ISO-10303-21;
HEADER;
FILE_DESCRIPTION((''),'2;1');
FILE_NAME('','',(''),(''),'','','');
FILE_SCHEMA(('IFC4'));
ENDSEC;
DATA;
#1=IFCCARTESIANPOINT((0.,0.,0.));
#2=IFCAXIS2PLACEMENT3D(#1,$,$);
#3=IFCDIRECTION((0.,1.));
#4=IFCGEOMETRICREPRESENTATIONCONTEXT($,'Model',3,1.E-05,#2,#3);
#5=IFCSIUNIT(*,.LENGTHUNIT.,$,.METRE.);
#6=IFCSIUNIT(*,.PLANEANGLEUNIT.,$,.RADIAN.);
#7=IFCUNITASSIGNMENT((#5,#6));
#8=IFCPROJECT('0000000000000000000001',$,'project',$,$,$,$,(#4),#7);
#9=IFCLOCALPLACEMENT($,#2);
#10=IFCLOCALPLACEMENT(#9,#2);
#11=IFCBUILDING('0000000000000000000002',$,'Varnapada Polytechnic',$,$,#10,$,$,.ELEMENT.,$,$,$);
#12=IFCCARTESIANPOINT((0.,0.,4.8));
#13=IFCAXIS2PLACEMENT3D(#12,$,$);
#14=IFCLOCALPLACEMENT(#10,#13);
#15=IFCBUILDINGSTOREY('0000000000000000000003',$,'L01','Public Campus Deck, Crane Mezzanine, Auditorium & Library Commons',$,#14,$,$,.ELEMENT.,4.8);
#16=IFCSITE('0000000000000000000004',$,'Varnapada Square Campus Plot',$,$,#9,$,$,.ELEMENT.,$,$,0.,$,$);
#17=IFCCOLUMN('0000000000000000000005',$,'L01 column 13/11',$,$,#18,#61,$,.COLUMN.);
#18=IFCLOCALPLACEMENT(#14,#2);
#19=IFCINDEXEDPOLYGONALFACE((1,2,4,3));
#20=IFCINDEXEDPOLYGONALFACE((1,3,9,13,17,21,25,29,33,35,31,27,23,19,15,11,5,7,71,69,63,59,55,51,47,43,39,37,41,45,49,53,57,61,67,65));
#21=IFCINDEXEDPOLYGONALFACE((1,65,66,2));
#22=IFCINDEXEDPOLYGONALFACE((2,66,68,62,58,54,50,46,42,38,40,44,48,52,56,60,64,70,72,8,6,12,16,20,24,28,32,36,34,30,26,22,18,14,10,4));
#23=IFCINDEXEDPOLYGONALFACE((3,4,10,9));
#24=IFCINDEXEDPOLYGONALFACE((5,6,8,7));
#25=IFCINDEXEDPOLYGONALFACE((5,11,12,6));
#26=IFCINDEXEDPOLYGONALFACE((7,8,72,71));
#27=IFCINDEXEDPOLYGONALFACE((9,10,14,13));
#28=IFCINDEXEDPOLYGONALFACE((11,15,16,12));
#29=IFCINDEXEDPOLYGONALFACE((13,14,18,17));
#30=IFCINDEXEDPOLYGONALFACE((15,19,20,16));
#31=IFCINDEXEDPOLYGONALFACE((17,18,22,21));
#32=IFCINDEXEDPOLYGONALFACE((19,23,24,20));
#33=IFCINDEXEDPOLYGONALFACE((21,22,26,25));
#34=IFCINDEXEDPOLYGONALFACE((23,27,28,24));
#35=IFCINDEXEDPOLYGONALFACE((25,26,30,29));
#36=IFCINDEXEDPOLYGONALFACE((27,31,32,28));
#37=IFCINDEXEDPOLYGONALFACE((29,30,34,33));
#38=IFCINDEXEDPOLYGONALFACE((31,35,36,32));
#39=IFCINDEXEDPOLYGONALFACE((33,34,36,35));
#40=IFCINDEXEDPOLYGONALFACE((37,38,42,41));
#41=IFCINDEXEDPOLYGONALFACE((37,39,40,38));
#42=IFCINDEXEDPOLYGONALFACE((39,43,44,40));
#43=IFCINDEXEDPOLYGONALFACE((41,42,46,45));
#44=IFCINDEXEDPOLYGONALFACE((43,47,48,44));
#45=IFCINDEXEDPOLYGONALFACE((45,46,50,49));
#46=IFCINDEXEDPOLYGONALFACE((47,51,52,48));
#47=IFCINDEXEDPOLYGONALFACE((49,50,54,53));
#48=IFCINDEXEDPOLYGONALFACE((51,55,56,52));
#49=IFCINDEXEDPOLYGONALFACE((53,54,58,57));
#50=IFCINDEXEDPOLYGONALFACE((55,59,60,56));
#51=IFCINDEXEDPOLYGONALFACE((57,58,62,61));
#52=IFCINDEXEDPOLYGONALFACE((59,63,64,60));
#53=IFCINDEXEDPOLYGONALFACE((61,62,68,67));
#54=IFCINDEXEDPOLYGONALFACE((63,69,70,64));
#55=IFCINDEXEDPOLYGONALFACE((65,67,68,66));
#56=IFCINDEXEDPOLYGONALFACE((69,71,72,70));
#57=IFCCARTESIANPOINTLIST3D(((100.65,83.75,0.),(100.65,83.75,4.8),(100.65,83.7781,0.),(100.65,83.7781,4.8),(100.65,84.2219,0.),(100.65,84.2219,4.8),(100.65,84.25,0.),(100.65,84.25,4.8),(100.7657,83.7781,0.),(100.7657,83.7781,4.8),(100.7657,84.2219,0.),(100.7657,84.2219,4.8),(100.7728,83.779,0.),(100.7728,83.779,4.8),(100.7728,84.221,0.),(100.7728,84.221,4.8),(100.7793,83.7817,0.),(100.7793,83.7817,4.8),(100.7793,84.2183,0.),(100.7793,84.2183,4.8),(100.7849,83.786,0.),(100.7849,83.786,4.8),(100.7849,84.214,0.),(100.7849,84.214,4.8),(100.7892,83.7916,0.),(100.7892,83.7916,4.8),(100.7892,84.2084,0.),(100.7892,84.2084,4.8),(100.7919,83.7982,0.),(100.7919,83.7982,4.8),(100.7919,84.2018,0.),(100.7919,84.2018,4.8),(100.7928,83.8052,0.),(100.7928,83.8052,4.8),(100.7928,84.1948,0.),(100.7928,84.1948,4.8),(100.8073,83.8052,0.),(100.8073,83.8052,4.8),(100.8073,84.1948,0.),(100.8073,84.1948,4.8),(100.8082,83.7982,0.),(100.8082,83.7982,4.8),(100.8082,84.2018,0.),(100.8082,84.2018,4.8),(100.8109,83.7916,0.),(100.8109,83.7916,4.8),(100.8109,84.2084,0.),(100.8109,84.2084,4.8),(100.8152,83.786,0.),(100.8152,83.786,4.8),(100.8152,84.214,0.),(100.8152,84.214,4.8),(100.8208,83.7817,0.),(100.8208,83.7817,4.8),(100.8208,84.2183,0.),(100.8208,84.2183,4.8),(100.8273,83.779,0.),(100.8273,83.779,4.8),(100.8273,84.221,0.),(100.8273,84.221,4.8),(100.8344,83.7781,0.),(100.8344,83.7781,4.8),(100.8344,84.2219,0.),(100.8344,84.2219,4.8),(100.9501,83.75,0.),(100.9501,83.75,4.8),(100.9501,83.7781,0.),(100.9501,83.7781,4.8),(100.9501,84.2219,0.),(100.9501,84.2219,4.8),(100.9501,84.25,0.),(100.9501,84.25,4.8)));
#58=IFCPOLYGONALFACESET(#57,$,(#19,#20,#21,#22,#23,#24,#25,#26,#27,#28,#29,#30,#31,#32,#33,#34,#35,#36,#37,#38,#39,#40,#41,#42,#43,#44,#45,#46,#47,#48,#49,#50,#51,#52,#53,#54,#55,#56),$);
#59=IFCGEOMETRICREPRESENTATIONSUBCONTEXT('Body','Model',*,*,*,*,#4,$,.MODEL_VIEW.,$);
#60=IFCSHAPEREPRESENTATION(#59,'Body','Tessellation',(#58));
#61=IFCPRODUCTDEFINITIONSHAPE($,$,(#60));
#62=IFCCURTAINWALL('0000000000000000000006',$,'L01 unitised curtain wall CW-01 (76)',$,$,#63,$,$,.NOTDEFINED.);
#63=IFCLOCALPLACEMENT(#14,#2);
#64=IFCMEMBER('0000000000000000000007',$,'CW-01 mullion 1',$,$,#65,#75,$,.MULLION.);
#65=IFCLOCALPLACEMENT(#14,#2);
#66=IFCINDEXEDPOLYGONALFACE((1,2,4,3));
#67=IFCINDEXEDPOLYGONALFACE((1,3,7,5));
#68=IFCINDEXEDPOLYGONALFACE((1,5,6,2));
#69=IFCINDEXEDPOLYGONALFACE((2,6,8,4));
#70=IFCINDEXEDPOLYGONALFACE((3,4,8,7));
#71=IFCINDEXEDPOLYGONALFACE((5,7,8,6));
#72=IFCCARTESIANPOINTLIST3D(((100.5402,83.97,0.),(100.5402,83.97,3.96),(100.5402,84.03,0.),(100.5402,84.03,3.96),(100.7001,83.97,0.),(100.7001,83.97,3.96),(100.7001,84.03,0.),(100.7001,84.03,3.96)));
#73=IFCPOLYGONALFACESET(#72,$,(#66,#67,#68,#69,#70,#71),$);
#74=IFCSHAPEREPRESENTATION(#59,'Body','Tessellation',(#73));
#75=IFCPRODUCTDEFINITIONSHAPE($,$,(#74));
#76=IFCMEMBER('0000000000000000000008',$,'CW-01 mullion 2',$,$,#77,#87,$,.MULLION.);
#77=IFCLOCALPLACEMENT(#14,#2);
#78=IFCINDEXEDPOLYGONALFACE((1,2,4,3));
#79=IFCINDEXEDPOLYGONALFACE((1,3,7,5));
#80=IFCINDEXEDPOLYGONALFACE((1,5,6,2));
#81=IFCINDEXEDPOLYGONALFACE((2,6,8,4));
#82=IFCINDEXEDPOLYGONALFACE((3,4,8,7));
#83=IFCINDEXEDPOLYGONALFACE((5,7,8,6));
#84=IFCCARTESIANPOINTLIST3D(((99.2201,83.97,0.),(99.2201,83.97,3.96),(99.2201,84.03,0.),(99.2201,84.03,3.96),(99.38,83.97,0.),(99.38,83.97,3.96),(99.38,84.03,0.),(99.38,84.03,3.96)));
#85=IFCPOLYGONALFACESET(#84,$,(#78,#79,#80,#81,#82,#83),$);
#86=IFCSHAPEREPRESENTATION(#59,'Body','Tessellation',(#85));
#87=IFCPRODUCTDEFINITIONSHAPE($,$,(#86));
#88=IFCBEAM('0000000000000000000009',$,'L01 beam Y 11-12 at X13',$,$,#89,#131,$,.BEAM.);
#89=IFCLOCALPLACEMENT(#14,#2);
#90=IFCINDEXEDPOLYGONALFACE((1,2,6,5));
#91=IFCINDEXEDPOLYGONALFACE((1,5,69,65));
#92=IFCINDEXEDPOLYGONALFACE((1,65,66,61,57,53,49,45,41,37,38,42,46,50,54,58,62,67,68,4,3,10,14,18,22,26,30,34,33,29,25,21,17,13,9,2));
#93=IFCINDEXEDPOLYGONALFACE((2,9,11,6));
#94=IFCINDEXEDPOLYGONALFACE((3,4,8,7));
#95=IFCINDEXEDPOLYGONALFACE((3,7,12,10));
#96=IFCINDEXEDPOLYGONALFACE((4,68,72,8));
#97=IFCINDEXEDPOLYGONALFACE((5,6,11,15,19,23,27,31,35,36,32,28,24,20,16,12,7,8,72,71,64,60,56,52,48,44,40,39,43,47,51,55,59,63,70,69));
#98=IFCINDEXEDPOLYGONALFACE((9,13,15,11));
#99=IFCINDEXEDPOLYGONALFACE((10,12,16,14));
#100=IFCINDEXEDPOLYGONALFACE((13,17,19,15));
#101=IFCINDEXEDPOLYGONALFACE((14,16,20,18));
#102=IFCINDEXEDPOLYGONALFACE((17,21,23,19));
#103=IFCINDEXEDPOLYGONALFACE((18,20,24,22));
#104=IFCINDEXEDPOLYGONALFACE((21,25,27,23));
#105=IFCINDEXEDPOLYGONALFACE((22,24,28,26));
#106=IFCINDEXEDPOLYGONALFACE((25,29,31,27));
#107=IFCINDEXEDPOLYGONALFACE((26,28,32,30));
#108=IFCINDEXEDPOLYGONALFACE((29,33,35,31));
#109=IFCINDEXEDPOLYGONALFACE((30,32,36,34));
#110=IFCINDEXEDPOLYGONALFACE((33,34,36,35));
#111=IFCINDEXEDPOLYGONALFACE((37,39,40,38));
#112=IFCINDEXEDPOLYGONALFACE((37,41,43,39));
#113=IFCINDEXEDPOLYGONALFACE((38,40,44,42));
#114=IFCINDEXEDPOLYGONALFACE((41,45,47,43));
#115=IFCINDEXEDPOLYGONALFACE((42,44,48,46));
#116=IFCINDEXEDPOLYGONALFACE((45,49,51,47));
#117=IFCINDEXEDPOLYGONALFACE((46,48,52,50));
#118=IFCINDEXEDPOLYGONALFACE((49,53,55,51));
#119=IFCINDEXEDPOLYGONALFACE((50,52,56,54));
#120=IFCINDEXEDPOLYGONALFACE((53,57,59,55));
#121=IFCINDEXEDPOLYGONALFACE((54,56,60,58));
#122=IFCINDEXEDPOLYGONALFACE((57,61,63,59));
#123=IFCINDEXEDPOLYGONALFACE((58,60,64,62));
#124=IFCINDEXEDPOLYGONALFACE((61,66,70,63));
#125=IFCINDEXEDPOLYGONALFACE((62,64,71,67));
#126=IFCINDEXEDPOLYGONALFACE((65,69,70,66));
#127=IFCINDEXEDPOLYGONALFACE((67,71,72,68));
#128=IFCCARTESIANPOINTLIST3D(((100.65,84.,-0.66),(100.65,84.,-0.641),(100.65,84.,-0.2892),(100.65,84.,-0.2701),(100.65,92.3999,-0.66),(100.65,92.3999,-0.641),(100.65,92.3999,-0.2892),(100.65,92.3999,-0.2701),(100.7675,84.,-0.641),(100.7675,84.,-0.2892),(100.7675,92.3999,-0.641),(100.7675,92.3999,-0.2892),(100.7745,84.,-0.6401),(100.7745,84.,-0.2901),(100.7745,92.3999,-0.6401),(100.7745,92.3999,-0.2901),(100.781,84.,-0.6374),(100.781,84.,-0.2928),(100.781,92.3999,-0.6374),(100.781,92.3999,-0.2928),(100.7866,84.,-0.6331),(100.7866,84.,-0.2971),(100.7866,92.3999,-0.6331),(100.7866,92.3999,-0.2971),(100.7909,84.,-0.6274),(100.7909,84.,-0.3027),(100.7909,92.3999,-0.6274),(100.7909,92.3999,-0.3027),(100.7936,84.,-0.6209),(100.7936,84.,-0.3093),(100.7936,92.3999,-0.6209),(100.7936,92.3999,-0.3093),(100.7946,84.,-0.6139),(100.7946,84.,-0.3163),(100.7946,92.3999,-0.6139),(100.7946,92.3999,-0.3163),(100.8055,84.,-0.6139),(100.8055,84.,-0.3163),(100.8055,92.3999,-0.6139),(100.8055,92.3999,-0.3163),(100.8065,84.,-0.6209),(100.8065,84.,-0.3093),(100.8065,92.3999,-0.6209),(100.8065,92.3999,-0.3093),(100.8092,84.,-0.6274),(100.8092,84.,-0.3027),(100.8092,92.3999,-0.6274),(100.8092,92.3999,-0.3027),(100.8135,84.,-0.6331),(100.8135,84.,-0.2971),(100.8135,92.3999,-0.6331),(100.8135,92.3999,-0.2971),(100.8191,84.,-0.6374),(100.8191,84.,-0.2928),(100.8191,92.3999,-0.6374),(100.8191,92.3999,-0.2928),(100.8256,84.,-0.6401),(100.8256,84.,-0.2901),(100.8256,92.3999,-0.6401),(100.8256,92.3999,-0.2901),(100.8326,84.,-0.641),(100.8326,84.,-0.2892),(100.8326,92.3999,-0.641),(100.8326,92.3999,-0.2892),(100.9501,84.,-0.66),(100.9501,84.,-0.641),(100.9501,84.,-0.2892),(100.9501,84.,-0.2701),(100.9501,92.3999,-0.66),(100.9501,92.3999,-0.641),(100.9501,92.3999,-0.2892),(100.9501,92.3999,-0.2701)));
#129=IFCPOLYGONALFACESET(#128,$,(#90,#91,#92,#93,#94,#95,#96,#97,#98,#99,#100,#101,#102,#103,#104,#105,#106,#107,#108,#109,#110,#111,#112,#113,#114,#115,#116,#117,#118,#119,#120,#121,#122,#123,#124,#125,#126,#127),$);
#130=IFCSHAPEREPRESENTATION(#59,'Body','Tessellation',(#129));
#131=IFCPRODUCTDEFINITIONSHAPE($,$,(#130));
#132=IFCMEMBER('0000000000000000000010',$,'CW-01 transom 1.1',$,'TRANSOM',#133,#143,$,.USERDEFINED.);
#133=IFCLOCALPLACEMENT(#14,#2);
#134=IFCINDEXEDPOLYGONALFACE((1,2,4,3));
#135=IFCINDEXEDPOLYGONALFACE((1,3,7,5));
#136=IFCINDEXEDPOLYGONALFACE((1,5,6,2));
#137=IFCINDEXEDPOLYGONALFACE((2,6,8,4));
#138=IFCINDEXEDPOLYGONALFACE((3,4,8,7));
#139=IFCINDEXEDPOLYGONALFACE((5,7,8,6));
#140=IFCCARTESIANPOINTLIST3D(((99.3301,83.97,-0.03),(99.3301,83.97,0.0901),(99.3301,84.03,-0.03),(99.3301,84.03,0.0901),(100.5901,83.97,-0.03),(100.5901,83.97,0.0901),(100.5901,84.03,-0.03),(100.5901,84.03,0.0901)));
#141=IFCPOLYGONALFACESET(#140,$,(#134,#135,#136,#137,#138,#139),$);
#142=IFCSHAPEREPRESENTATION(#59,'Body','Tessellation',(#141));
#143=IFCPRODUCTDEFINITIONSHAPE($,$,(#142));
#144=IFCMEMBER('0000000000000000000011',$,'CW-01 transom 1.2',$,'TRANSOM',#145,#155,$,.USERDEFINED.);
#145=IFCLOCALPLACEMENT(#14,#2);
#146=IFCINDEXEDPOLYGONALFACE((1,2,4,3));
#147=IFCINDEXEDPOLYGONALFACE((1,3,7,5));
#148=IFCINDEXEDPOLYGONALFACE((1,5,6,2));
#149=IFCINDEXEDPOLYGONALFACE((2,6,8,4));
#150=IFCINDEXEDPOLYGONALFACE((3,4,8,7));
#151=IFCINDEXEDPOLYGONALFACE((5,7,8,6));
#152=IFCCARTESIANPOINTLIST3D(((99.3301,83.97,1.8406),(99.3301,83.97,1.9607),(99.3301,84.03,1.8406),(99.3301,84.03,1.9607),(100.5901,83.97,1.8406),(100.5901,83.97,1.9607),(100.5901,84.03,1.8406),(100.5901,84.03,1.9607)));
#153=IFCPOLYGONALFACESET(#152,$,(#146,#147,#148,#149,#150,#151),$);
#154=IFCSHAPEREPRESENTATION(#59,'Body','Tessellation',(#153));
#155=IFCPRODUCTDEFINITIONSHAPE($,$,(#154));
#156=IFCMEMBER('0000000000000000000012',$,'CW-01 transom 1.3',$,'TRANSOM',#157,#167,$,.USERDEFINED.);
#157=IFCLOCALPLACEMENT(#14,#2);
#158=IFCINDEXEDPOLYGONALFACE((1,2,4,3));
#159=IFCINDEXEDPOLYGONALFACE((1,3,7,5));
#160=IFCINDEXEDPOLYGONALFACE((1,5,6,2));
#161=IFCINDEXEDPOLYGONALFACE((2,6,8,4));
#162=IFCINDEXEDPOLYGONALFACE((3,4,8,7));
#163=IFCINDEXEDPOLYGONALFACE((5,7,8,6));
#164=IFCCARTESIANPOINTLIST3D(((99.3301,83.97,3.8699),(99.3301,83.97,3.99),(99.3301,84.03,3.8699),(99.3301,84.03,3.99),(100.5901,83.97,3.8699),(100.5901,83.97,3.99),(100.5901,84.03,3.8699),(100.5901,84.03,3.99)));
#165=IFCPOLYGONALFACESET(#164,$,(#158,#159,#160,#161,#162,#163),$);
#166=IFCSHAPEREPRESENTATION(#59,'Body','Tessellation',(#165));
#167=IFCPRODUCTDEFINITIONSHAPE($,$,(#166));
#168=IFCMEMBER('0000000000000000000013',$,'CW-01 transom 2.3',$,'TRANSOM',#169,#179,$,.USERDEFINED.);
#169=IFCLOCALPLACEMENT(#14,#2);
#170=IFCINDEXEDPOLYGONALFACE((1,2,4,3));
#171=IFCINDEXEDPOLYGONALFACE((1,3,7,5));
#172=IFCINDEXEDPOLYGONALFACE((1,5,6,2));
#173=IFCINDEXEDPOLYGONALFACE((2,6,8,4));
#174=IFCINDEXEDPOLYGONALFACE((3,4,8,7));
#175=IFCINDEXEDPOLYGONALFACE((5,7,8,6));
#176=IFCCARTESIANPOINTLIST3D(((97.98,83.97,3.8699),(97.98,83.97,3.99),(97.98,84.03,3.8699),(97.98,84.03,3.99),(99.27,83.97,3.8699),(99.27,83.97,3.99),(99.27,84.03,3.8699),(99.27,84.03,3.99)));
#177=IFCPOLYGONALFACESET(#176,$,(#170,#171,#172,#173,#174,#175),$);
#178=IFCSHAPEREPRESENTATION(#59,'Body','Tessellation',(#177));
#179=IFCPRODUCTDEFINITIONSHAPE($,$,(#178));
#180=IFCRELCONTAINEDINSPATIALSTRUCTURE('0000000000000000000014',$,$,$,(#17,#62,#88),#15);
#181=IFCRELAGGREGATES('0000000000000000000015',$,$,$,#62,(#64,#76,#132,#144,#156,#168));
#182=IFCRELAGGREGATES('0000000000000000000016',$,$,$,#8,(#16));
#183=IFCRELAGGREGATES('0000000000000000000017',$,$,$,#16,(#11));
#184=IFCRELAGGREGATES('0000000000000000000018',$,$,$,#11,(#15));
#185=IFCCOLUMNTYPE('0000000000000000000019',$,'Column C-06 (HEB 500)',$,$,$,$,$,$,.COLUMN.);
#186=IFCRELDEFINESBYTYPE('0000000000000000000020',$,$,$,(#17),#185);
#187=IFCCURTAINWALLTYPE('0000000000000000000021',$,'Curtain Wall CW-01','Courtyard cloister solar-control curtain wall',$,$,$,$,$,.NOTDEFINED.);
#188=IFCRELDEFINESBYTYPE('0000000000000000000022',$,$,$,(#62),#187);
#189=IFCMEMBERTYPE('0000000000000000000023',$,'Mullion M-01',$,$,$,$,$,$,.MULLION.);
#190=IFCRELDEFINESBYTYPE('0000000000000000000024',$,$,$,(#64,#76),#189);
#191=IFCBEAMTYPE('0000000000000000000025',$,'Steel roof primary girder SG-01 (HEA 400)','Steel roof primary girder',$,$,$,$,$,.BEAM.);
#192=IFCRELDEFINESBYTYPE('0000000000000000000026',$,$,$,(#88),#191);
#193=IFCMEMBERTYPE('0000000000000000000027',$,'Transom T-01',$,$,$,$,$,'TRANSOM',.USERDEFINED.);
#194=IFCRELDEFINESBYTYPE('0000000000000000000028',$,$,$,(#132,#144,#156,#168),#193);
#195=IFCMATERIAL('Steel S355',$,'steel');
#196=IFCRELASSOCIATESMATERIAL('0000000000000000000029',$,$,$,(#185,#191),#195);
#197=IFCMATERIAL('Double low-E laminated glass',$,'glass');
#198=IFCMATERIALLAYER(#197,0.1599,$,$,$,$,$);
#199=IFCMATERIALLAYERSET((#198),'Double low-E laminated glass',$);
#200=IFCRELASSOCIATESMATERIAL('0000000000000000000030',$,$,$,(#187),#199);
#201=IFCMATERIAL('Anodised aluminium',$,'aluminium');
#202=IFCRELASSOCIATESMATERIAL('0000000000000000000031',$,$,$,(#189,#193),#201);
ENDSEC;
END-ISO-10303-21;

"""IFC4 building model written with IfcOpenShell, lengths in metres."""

from ifc_helpers import new_model, si_unit, direction, frame, origin, origin_2d, place, context, subcontext, project, spatial, rectangle, i_section, extrude, material, layer, layer_set, material_profile, profile_set, type_object, element, aggregate, save


model = new_model("IFC4")

# Units and contexts
model_context = context("Model", 3, precision=1e-05, world=origin(), true_north=direction((0.0, 1.0)))
body_context = subcontext(model_context, "Body", "Model", "MODEL_VIEW")
ifc_project = project(units=[si_unit("LENGTHUNIT", "METRE"), si_unit("PLANEANGLEUNIT", "RADIAN")], contexts=[model_context])

# Site, building, storey
site_placement = place(None, origin())
site = spatial("IfcSite", under=ifc_project, at=site_placement, Name="Varnapada Square Campus Plot", CompositionType="ELEMENT", RefElevation=0.0)
building_placement = place(site_placement, origin())
building = spatial("IfcBuilding", under=site, at=building_placement, Name="Varnapada Polytechnic", CompositionType="ELEMENT")
storey_placement = place(building_placement, frame((0.0, 0.0, 4.8)))
storey = spatial("IfcBuildingStorey", under=building, at=storey_placement, Name="L01", Description="Public Campus Deck, Crane Mezzanine, Auditorium & Library Commons", CompositionType="ELEMENT", Elevation=4.8)

# Column
ifc_material_1 = material(Name="Steel S355", Category="steel")
ifc_material_profile_1 = material_profile(ifc_material_1, i_section(OverallWidth=0.3, OverallDepth=0.5, WebThickness=0.0144, FlangeThickness=0.0281, FilletRadius=0.0271, at=origin_2d()), Name="HEB 500")
ifc_profile_set_1 = profile_set([ifc_material_profile_1], Name="Steel S355")
column_type = type_object("IfcColumnType", Name="Column C-06 (HEB 500)", PredefinedType="COLUMN", material=ifc_profile_set_1)
column_placement = place(storey_placement, frame((100.8, 84.0, 0.0), z_axis=(0.0, 0.0, 1.0), x_axis=(1.0, 0.0, 0.0)))
element("IfcColumn", 1, at=column_placement, inside=storey, type_object=column_type, Name="L01 column 13/11", PredefinedType="COLUMN", context=body_context, shape_type="SweptSolid", body=[
    extrude(i_section(OverallWidth=0.3, OverallDepth=0.5, WebThickness=0.0144, FlangeThickness=0.0281, FilletRadius=0.0271, at=origin_2d()), origin(), (0.0, 0.0, 1.0), 4.8),
])

# Curtain wall, members
ifc_material_2 = material(Name="Double low-E laminated glass", Category="glass")
ifc_layer_1 = layer(ifc_material_2, 0.1599)
ifc_layer_set_1 = layer_set([ifc_layer_1], Name="Double low-E laminated glass")
curtain_wall_type = type_object("IfcCurtainWallType", Name="Curtain Wall CW-01", Description="Courtyard cloister solar-control curtain wall", PredefinedType="NOTDEFINED", material=ifc_layer_set_1)
curtain_wall_placement = place(storey_placement, origin())
curtain_wall = element("IfcCurtainWall", 2, at=curtain_wall_placement, inside=storey, type_object=curtain_wall_type, Name="L01 unitised curtain wall CW-01 (76)", PredefinedType="NOTDEFINED")
ifc_material_3 = material(Name="Anodised aluminium", Category="aluminium")
ifc_material_profile_2 = material_profile(ifc_material_3, rectangle(XDim=0.0601, YDim=0.1599, at=origin_2d()), Name="ALU M60x160")
ifc_profile_set_2 = profile_set([ifc_material_profile_2], Name="Anodised aluminium")
member_type_1 = type_object("IfcMemberType", Name="Mullion M-01", PredefinedType="MULLION", material=ifc_profile_set_2)
member_1_placement = place(storey_placement, frame((100.6201, 84.0, 0.0), z_axis=(0.0, 0.0, 1.0), x_axis=(0.0, -1.0, 0.0)))
member_1 = element("IfcMember", 3, at=member_1_placement, type_object=member_type_1, Name="CW-01 mullion 1", PredefinedType="MULLION", context=body_context, shape_type="SweptSolid", body=[
    extrude(rectangle(XDim=0.0601, YDim=0.1599, at=origin_2d()), origin(), (0.0, 0.0, 1.0), 3.96),
])
member_2_placement = place(storey_placement, frame((99.3, 84.0, 0.0), z_axis=(0.0, 0.0, 1.0), x_axis=(0.0, -1.0, 0.0)))
member_2 = element("IfcMember", 4, at=member_2_placement, type_object=member_type_1, Name="CW-01 mullion 2", PredefinedType="MULLION", context=body_context, shape_type="SweptSolid", body=[
    extrude(rectangle(XDim=0.0601, YDim=0.1599, at=origin_2d()), origin(), (0.0, 0.0, 1.0), 3.96),
])

# Beam
ifc_material_profile_3 = material_profile(ifc_material_1, i_section(OverallWidth=0.3, OverallDepth=0.3899, WebThickness=0.011, FlangeThickness=0.019, FilletRadius=0.0271, at=origin_2d()), Name="HEA 400")
ifc_profile_set_3 = profile_set([ifc_material_profile_3], Name="Steel S355")
beam_type_1 = type_object("IfcBeamType", Name="Steel roof primary girder SG-01 (HEA 400)", Description="Steel roof primary girder", PredefinedType="BEAM", material=ifc_profile_set_3)
beam_1_placement = place(storey_placement, frame((100.8, 84.0, -0.4651), z_axis=(0.0, 1.0, 0.0), x_axis=(-1.0, 0.0, 0.0)))
element("IfcBeam", 5, at=beam_1_placement, inside=storey, type_object=beam_type_1, Name="L01 beam Y 11-12 at X13", PredefinedType="BEAM", context=body_context, shape_type="SweptSolid", body=[
    extrude(i_section(OverallWidth=0.3, OverallDepth=0.3899, WebThickness=0.011, FlangeThickness=0.019, FilletRadius=0.0271, at=origin_2d()), origin(), (0.0, 0.0, 1.0), 8.3999),
])

# Members
ifc_material_profile_4 = material_profile(ifc_material_3, rectangle(XDim=0.0601, YDim=0.1201, at=origin_2d()), Name="ALU T60x120")
ifc_profile_set_4 = profile_set([ifc_material_profile_4], Name="Anodised aluminium")
member_type_2 = type_object("IfcMemberType", Name="Transom T-01", ElementType="TRANSOM", PredefinedType="USERDEFINED", material=ifc_profile_set_4)
member_3_placement = place(storey_placement, frame((100.5901, 84.0, 0.03), z_axis=(-1.0, 0.0, 0.0), x_axis=(0.0, -1.0, 0.0)))
member_3 = element("IfcMember", 6, at=member_3_placement, type_object=member_type_2, Name="CW-01 transom 1.1", ObjectType="TRANSOM", PredefinedType="USERDEFINED", context=body_context, shape_type="SweptSolid", body=[
    extrude(rectangle(XDim=0.0601, YDim=0.1201, at=origin_2d()), origin(), (0.0, 0.0, 1.0), 1.26),
])
member_4_placement = place(storey_placement, frame((100.5901, 84.0, 1.9006), z_axis=(-1.0, 0.0, 0.0), x_axis=(0.0, -1.0, 0.0)))
member_4 = element("IfcMember", 7, at=member_4_placement, type_object=member_type_2, Name="CW-01 transom 1.2", ObjectType="TRANSOM", PredefinedType="USERDEFINED", context=body_context, shape_type="SweptSolid", body=[
    extrude(rectangle(XDim=0.0601, YDim=0.1201, at=origin_2d()), origin(), (0.0, 0.0, 1.0), 1.26),
])
member_5_placement = place(storey_placement, frame((100.5901, 84.0, 3.9299), z_axis=(-1.0, 0.0, 0.0), x_axis=(0.0, -1.0, 0.0)))
member_5 = element("IfcMember", 8, at=member_5_placement, type_object=member_type_2, Name="CW-01 transom 1.3", ObjectType="TRANSOM", PredefinedType="USERDEFINED", context=body_context, shape_type="SweptSolid", body=[
    extrude(rectangle(XDim=0.0601, YDim=0.1201, at=origin_2d()), origin(), (0.0, 0.0, 1.0), 1.26),
])
member_6_placement = place(storey_placement, frame((99.27, 84.0, 3.9299), z_axis=(-1.0, 0.0, 0.0), x_axis=(0.0, -1.0, 0.0)))
member_6 = element("IfcMember", 9, at=member_6_placement, type_object=member_type_2, Name="CW-01 transom 2.3", ObjectType="TRANSOM", PredefinedType="USERDEFINED", context=body_context, shape_type="SweptSolid", body=[
    extrude(rectangle(XDim=0.0601, YDim=0.1201, at=origin_2d()), origin(), (0.0, 0.0, 1.0), 1.29),
])

aggregate(curtain_wall, [member_1, member_2, member_3, member_4, member_5, member_6])

save(model, "model.ifc")
